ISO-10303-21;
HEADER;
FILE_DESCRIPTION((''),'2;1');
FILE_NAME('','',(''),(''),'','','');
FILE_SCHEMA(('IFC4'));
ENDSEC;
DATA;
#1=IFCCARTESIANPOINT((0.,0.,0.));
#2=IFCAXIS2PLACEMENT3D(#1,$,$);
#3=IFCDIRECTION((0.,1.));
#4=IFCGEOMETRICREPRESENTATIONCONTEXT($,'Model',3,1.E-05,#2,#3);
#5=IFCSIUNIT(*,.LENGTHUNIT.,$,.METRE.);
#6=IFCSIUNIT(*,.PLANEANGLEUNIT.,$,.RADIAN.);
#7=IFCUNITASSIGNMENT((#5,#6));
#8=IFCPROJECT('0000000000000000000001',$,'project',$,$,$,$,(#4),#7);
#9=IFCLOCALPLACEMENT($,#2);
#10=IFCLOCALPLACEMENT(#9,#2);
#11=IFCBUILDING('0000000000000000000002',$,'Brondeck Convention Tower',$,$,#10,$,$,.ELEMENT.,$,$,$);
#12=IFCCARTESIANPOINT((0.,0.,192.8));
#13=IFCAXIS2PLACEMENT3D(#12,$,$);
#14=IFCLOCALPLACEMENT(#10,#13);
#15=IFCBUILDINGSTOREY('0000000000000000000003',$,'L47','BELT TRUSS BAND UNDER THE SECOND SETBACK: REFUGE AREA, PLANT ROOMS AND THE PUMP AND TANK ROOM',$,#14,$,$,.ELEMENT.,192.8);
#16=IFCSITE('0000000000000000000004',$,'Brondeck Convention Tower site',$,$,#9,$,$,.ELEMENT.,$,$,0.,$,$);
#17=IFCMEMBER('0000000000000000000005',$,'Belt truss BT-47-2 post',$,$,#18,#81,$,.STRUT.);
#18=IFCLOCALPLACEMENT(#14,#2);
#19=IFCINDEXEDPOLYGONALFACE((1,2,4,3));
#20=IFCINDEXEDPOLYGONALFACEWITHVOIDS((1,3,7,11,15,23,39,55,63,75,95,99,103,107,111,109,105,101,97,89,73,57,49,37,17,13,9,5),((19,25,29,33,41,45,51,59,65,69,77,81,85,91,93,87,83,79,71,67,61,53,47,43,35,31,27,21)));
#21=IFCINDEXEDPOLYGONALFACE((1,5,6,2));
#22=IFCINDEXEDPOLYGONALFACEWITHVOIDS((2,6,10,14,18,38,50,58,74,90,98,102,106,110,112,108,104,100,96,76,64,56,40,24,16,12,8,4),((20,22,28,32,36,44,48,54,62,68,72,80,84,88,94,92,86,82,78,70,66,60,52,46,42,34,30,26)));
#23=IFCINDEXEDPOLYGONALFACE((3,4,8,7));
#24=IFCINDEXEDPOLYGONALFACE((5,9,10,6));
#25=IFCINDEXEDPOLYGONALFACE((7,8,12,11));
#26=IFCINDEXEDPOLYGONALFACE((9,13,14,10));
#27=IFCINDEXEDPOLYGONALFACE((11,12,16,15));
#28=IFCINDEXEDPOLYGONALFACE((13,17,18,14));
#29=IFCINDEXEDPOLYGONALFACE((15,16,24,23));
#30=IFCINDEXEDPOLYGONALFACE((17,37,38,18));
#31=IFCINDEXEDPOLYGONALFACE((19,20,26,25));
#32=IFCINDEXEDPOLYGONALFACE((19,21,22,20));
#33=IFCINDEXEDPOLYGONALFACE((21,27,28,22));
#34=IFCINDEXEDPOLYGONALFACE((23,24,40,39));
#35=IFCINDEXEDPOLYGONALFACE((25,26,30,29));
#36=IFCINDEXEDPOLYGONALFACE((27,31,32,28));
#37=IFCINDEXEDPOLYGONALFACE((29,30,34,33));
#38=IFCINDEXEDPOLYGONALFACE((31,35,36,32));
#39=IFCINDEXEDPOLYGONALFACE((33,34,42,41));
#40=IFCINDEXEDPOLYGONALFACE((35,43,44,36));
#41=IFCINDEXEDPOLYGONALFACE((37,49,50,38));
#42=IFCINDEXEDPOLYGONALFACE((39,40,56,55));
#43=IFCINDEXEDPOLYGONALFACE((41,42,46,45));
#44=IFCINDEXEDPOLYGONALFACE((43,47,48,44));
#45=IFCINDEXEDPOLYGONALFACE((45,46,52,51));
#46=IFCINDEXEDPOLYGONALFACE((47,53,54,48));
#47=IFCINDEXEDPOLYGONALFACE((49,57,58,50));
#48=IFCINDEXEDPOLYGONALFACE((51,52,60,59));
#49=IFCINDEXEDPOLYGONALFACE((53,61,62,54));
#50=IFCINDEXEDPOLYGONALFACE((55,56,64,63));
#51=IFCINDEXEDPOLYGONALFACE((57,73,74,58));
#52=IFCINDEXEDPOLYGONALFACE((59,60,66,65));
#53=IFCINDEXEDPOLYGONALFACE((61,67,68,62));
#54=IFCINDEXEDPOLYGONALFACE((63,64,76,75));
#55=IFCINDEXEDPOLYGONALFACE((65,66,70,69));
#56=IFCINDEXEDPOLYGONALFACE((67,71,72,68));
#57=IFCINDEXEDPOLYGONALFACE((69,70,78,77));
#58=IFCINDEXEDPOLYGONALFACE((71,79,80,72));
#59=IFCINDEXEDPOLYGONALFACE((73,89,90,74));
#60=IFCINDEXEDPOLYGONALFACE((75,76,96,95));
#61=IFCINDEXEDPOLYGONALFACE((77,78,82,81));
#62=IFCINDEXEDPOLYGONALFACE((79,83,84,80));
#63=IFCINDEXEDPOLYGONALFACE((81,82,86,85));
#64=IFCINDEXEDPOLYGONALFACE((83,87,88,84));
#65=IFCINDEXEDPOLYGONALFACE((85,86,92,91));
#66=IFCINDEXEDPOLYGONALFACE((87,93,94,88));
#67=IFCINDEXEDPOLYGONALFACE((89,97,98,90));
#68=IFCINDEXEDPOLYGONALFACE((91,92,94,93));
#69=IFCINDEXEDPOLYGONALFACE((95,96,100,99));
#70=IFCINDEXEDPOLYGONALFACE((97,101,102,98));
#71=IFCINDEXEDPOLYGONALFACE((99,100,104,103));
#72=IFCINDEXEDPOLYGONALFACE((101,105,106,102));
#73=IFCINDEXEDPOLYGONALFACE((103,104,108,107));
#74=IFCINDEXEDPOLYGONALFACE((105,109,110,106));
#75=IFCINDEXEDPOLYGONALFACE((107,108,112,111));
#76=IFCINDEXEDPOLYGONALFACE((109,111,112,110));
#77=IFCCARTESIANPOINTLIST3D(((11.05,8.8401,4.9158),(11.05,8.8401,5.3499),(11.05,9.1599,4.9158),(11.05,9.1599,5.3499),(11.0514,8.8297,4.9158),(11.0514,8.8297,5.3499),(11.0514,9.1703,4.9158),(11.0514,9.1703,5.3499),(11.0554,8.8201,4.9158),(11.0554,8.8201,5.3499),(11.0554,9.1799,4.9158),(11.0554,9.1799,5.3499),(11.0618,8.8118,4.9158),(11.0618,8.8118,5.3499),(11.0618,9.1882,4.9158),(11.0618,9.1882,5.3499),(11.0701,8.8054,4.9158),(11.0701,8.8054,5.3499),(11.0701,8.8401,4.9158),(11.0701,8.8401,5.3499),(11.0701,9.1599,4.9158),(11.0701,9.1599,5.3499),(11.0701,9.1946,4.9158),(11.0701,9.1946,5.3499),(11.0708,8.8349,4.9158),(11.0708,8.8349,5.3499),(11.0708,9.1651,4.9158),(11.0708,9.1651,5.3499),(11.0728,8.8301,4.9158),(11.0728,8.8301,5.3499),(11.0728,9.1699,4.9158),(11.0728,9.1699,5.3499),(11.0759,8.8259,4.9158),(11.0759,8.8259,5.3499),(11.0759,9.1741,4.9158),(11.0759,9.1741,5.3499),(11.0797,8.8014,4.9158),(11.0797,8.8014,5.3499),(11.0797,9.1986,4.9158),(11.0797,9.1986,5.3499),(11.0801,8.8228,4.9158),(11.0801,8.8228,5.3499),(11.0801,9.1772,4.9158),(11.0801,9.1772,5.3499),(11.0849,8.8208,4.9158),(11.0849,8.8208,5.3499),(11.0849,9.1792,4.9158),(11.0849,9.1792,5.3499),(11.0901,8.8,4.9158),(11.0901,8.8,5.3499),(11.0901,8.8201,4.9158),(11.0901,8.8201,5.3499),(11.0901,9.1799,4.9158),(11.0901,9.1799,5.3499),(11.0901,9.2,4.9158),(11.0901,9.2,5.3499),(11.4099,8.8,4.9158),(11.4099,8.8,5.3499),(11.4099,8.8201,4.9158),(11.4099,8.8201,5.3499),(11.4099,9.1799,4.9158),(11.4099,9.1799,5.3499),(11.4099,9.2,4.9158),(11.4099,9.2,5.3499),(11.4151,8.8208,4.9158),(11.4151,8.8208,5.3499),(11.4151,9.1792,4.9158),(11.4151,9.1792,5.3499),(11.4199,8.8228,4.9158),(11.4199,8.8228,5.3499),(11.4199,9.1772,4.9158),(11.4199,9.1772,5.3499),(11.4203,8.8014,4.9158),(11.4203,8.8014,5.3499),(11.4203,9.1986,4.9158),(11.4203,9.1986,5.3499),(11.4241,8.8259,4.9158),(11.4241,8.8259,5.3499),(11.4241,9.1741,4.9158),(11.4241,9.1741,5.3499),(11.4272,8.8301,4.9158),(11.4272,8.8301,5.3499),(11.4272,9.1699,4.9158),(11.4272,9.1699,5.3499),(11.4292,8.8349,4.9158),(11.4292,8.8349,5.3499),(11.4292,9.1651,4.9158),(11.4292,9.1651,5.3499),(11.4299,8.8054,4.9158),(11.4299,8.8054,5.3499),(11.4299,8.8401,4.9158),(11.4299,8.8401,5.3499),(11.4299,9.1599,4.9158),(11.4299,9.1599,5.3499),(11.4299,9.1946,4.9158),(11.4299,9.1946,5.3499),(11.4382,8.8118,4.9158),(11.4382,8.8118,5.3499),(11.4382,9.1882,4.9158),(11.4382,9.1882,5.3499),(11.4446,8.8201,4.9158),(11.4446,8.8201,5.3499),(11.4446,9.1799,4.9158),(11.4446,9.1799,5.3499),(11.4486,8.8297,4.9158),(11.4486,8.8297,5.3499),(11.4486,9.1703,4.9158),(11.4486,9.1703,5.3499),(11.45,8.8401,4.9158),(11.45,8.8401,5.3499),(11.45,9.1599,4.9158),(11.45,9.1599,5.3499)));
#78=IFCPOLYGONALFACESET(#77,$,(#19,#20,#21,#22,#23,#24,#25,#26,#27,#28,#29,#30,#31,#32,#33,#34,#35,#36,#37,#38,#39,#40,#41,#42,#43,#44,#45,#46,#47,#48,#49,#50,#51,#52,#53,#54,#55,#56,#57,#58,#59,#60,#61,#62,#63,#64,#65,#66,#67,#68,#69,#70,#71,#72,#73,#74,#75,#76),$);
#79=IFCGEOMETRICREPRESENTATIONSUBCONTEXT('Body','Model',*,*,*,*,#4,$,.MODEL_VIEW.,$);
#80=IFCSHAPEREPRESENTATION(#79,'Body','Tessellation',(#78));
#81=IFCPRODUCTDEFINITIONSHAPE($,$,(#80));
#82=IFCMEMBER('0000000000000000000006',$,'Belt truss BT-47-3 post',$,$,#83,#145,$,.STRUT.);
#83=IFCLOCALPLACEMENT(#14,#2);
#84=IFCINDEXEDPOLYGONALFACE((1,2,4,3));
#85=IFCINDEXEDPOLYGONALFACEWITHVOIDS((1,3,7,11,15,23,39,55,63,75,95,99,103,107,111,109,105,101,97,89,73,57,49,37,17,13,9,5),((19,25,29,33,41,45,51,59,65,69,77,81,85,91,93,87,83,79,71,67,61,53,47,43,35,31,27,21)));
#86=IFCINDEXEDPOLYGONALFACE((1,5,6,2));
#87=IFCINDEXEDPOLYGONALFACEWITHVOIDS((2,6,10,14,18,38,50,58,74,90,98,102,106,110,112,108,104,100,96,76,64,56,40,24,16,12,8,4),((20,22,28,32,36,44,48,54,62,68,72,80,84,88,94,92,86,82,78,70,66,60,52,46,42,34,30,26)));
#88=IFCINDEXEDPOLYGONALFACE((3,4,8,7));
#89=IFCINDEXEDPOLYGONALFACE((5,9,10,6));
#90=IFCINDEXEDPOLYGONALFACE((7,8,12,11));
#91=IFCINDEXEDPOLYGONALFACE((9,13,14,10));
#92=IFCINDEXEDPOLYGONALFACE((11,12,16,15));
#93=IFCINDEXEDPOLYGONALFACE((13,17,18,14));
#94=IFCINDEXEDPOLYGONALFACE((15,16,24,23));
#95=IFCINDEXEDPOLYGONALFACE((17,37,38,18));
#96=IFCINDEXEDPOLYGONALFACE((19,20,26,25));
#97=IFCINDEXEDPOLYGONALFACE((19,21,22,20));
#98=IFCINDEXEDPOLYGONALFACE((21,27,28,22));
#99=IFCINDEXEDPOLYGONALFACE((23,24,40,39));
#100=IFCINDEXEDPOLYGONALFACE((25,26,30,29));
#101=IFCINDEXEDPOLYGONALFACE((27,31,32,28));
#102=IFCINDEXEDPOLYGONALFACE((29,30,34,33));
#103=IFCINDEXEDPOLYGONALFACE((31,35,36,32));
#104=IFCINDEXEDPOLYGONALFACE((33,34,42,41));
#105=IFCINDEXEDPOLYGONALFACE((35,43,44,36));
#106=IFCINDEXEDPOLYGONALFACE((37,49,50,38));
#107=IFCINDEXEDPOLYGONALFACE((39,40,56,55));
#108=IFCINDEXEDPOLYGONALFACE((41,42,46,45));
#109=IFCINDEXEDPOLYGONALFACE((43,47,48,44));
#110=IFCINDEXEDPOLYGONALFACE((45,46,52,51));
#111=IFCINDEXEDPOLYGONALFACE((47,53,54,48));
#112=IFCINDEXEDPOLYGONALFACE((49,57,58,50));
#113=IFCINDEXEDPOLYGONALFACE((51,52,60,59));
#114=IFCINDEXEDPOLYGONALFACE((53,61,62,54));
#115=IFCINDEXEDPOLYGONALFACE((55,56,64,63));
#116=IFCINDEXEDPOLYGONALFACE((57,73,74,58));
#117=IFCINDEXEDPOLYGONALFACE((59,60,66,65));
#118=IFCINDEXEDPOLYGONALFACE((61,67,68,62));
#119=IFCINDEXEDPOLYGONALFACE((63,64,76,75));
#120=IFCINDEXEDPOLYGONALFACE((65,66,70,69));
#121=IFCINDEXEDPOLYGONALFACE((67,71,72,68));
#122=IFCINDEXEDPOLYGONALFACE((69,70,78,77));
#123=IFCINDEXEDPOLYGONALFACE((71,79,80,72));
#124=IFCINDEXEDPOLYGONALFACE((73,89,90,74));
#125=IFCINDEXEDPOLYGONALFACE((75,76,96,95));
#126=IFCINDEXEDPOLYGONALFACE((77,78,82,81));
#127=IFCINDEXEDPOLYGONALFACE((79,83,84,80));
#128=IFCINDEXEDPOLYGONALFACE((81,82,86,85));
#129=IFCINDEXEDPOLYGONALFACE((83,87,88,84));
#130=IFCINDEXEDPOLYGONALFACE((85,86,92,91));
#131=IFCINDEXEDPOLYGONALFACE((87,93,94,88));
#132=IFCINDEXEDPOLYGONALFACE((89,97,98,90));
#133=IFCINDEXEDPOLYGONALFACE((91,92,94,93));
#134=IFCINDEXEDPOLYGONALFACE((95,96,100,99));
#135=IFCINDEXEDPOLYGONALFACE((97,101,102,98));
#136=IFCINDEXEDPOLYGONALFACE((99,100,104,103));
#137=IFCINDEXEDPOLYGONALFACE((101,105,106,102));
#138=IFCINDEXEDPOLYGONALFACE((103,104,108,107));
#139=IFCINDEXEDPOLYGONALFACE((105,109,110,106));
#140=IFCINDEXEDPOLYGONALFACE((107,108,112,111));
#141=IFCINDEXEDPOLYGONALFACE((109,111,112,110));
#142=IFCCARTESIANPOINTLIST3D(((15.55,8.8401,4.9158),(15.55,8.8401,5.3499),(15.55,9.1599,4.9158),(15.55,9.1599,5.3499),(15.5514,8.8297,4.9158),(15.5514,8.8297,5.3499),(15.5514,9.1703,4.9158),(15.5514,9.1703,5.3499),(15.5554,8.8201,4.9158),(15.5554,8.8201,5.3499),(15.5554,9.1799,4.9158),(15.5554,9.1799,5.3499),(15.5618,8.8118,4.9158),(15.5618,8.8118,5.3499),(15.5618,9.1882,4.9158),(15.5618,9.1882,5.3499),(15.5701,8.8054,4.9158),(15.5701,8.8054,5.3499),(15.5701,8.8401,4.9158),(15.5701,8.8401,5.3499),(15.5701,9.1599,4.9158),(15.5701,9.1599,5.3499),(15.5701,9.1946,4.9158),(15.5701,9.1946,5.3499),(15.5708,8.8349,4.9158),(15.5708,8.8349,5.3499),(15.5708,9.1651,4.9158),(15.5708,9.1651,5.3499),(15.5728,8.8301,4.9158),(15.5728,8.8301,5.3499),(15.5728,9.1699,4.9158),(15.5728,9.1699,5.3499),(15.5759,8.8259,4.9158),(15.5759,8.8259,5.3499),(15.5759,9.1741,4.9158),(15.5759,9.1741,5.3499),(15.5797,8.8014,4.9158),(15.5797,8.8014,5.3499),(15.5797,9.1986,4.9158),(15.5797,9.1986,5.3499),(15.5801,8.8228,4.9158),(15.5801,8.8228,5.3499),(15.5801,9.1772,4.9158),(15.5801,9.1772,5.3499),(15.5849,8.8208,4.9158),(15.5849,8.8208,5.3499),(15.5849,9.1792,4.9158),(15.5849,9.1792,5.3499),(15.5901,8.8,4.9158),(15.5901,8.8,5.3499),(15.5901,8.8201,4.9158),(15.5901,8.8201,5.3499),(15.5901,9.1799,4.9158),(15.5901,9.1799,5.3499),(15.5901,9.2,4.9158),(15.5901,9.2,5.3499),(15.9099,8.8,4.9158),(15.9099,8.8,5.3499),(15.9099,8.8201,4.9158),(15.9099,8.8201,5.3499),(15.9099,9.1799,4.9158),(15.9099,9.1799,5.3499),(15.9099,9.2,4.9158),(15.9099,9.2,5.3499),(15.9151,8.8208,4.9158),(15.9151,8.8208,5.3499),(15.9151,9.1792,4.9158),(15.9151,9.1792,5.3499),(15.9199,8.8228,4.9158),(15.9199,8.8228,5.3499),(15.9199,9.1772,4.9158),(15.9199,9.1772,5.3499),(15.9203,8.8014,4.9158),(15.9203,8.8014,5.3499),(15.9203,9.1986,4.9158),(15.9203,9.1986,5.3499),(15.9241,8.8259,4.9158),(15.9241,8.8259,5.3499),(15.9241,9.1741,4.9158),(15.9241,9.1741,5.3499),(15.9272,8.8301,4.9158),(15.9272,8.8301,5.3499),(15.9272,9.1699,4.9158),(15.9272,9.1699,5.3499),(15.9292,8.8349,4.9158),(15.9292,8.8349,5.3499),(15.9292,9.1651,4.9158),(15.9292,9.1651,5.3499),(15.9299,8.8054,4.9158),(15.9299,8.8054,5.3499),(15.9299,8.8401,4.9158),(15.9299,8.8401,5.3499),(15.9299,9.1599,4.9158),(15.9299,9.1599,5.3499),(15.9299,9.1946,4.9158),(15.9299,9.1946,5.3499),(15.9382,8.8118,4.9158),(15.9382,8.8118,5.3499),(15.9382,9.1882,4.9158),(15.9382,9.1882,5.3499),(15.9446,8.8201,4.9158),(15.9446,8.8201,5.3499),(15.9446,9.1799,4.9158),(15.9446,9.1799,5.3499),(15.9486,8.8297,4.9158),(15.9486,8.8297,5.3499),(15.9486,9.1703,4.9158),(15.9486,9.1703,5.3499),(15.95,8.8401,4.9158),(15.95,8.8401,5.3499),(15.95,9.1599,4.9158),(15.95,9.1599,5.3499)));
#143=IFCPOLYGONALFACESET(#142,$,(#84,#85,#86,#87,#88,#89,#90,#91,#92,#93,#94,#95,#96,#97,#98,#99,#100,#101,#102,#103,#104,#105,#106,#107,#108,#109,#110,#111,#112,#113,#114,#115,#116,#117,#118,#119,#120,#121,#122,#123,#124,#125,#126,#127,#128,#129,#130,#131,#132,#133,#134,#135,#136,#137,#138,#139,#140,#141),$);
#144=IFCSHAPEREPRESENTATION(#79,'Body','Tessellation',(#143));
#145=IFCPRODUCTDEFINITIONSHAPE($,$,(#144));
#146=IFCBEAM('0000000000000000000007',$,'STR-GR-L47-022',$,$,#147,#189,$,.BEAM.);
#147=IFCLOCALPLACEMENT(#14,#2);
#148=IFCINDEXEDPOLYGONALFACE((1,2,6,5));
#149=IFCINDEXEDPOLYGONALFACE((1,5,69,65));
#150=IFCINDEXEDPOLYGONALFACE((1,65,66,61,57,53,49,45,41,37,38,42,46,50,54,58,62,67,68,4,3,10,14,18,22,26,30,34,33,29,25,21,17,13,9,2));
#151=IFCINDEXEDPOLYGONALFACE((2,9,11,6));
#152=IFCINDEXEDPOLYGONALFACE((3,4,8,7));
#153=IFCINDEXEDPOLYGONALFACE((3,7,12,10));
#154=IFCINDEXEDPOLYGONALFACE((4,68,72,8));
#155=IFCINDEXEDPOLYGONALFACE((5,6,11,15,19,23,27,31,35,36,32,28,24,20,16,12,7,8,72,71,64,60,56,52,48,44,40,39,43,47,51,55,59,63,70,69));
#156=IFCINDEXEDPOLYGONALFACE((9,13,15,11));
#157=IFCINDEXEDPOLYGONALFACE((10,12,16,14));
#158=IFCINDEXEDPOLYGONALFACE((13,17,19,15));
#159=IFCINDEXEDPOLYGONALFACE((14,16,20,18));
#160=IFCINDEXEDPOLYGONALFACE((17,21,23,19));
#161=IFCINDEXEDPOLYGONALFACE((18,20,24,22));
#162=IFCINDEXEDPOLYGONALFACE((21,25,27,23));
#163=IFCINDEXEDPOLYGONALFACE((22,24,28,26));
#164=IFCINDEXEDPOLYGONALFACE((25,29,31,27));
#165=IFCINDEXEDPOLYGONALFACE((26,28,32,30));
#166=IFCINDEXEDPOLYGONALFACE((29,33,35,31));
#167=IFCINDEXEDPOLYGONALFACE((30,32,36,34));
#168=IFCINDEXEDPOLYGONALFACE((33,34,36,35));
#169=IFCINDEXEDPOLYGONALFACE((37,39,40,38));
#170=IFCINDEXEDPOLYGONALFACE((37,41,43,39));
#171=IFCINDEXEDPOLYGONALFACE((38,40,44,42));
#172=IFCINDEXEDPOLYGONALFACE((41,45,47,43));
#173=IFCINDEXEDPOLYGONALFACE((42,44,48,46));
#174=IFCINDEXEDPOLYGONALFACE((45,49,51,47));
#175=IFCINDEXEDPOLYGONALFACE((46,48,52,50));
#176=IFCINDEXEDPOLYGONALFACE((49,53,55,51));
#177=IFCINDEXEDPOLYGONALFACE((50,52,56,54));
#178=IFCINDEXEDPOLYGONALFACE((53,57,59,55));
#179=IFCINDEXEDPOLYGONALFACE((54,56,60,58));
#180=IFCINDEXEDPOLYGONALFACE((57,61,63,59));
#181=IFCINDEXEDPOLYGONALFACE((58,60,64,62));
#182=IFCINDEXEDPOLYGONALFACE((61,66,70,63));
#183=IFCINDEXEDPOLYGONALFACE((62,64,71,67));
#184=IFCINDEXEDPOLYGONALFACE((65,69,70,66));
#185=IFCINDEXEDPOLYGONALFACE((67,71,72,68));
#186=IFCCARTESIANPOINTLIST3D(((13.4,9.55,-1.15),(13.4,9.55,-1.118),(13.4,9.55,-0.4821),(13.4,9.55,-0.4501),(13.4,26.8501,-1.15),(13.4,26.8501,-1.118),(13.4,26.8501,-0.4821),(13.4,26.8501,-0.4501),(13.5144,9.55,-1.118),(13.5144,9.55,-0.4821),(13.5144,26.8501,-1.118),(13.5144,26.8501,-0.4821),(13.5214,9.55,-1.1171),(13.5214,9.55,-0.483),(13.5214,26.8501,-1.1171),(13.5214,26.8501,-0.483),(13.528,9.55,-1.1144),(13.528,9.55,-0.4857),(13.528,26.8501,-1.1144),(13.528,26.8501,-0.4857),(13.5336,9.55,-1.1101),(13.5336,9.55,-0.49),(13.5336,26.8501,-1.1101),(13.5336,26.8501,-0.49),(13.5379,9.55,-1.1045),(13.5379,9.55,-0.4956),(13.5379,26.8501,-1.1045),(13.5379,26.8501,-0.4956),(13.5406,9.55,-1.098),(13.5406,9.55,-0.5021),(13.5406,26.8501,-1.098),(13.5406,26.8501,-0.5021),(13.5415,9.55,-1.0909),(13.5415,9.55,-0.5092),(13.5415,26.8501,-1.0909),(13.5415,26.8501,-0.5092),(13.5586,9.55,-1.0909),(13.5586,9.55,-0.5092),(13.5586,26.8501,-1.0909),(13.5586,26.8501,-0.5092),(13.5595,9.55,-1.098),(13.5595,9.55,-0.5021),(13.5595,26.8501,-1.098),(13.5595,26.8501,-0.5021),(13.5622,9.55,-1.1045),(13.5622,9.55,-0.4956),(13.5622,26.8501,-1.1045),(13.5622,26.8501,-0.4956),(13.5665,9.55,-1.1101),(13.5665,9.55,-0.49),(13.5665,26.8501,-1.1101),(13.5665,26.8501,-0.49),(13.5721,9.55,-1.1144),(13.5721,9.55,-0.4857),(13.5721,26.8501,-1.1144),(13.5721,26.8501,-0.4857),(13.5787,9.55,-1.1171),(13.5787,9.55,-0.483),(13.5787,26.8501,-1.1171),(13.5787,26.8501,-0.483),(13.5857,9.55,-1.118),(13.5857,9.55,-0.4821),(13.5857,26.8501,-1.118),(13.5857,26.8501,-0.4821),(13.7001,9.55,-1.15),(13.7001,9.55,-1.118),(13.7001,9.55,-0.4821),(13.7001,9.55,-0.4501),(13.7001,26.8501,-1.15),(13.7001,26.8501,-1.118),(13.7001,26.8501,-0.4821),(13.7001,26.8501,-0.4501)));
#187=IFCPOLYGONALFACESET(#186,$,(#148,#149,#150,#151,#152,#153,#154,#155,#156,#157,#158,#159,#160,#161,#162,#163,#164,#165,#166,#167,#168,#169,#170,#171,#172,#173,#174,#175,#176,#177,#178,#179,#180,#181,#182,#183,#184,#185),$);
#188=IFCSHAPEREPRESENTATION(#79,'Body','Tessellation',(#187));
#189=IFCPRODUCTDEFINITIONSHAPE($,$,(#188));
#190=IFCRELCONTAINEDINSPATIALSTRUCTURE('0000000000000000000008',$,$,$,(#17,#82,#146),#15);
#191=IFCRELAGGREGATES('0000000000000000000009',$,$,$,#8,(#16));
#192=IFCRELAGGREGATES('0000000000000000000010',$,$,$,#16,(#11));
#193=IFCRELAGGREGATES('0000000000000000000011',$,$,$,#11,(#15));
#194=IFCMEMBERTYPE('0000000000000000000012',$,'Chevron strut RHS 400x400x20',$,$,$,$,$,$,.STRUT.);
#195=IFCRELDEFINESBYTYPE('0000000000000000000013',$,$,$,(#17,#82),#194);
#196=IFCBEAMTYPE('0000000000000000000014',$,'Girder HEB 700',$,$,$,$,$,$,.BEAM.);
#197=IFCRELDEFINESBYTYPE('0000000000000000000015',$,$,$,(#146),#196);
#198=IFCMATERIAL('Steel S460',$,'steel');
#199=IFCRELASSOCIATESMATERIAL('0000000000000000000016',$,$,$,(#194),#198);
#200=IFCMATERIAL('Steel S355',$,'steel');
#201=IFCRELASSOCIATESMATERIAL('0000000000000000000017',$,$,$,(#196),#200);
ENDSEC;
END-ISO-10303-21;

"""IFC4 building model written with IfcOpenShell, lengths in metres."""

from ifc_helpers import new_model, si_unit, direction, frame, origin, origin_2d, place, context, subcontext, project, spatial, hollow_rectangle, i_section, extrude, material, material_profile, profile_set, type_object, element, save


model = new_model("IFC4")

# Units and contexts
model_context = context("Model", 3, precision=1e-05, world=origin(), true_north=direction((0.0, 1.0)))
body_context = subcontext(model_context, "Body", "Model", "MODEL_VIEW")
ifc_project = project(units=[si_unit("LENGTHUNIT", "METRE"), si_unit("PLANEANGLEUNIT", "RADIAN")], contexts=[model_context])

# Site, building, storey
site_placement = place(None, origin())
site = spatial("IfcSite", under=ifc_project, at=site_placement, Name="Brondeck Convention Tower site", CompositionType="ELEMENT", RefElevation=0.0)
building_placement = place(site_placement, origin())
building = spatial("IfcBuilding", under=site, at=building_placement, Name="Brondeck Convention Tower", CompositionType="ELEMENT")
storey_placement = place(building_placement, frame((0.0, 0.0, 192.8)))
storey = spatial("IfcBuildingStorey", under=building, at=storey_placement, Name="L47", Description="BELT TRUSS BAND UNDER THE SECOND SETBACK: REFUGE AREA, PLANT ROOMS AND THE PUMP AND TANK ROOM", CompositionType="ELEMENT", Elevation=192.8)

# Members
ifc_material_1 = material(Name="Steel S460", Category="steel")
ifc_material_profile_1 = material_profile(ifc_material_1, hollow_rectangle(XDim=0.3999, YDim=0.3999, WallThickness=0.02, InnerFilletRadius=0.02, OuterFilletRadius=0.04, at=origin_2d()), Name="RHS 400x400x20")
ifc_profile_set_1 = profile_set([ifc_material_profile_1], Name="Steel S460")
member_type_1 = type_object("IfcMemberType", Name="Chevron strut RHS 400x400x20", PredefinedType="STRUT", material=ifc_profile_set_1)
for number, where, z_axis, x_axis, name in (
    (1, (11.25, 9.0, 4.9158), (0.0, 0.0, 1.0), (1.0, 0.0, 0.0), "Belt truss BT-47-2 post"),
    (2, (15.75, 9.0, 4.9158), (0.0, 0.0, 1.0), (1.0, 0.0, 0.0), "Belt truss BT-47-3 post"),
):
    element("IfcMember", number, at=place(storey_placement, frame(where, z_axis=z_axis, x_axis=x_axis)), inside=storey, type_object=member_type_1, Name=name, PredefinedType="STRUT", context=body_context, shape_type="SweptSolid", body=[
        extrude(hollow_rectangle(XDim=0.3999, YDim=0.3999, WallThickness=0.02, InnerFilletRadius=0.02, OuterFilletRadius=0.04, at=origin_2d()), origin(), (0.0, 0.0, 1.0), 0.4341),
    ])

# Beam
ifc_material_2 = material(Name="Steel S355", Category="steel")
ifc_material_profile_2 = material_profile(ifc_material_2, i_section(OverallWidth=0.3, OverallDepth=0.7, WebThickness=0.0171, FlangeThickness=0.032, FilletRadius=0.0271, at=origin_2d()), Name="HEB 700")
ifc_profile_set_2 = profile_set([ifc_material_profile_2], Name="Steel S355")
beam_type_1 = type_object("IfcBeamType", Name="Girder HEB 700", PredefinedType="BEAM", material=ifc_profile_set_2)
beam_placement = place(storey_placement, frame((13.55, 9.55, -0.8), z_axis=(0.0, 1.0, 0.0), x_axis=(-1.0, 0.0, 0.0)))
element("IfcBeam", 3, at=beam_placement, inside=storey, type_object=beam_type_1, Name="STR-GR-L47-022", PredefinedType="BEAM", context=body_context, shape_type="SweptSolid", body=[
    extrude(i_section(OverallWidth=0.3, OverallDepth=0.7, WebThickness=0.0171, FlangeThickness=0.032, FilletRadius=0.0271, at=origin_2d()), origin(), (0.0, 0.0, 1.0), 17.3),
])

save(model, "model.ifc")
